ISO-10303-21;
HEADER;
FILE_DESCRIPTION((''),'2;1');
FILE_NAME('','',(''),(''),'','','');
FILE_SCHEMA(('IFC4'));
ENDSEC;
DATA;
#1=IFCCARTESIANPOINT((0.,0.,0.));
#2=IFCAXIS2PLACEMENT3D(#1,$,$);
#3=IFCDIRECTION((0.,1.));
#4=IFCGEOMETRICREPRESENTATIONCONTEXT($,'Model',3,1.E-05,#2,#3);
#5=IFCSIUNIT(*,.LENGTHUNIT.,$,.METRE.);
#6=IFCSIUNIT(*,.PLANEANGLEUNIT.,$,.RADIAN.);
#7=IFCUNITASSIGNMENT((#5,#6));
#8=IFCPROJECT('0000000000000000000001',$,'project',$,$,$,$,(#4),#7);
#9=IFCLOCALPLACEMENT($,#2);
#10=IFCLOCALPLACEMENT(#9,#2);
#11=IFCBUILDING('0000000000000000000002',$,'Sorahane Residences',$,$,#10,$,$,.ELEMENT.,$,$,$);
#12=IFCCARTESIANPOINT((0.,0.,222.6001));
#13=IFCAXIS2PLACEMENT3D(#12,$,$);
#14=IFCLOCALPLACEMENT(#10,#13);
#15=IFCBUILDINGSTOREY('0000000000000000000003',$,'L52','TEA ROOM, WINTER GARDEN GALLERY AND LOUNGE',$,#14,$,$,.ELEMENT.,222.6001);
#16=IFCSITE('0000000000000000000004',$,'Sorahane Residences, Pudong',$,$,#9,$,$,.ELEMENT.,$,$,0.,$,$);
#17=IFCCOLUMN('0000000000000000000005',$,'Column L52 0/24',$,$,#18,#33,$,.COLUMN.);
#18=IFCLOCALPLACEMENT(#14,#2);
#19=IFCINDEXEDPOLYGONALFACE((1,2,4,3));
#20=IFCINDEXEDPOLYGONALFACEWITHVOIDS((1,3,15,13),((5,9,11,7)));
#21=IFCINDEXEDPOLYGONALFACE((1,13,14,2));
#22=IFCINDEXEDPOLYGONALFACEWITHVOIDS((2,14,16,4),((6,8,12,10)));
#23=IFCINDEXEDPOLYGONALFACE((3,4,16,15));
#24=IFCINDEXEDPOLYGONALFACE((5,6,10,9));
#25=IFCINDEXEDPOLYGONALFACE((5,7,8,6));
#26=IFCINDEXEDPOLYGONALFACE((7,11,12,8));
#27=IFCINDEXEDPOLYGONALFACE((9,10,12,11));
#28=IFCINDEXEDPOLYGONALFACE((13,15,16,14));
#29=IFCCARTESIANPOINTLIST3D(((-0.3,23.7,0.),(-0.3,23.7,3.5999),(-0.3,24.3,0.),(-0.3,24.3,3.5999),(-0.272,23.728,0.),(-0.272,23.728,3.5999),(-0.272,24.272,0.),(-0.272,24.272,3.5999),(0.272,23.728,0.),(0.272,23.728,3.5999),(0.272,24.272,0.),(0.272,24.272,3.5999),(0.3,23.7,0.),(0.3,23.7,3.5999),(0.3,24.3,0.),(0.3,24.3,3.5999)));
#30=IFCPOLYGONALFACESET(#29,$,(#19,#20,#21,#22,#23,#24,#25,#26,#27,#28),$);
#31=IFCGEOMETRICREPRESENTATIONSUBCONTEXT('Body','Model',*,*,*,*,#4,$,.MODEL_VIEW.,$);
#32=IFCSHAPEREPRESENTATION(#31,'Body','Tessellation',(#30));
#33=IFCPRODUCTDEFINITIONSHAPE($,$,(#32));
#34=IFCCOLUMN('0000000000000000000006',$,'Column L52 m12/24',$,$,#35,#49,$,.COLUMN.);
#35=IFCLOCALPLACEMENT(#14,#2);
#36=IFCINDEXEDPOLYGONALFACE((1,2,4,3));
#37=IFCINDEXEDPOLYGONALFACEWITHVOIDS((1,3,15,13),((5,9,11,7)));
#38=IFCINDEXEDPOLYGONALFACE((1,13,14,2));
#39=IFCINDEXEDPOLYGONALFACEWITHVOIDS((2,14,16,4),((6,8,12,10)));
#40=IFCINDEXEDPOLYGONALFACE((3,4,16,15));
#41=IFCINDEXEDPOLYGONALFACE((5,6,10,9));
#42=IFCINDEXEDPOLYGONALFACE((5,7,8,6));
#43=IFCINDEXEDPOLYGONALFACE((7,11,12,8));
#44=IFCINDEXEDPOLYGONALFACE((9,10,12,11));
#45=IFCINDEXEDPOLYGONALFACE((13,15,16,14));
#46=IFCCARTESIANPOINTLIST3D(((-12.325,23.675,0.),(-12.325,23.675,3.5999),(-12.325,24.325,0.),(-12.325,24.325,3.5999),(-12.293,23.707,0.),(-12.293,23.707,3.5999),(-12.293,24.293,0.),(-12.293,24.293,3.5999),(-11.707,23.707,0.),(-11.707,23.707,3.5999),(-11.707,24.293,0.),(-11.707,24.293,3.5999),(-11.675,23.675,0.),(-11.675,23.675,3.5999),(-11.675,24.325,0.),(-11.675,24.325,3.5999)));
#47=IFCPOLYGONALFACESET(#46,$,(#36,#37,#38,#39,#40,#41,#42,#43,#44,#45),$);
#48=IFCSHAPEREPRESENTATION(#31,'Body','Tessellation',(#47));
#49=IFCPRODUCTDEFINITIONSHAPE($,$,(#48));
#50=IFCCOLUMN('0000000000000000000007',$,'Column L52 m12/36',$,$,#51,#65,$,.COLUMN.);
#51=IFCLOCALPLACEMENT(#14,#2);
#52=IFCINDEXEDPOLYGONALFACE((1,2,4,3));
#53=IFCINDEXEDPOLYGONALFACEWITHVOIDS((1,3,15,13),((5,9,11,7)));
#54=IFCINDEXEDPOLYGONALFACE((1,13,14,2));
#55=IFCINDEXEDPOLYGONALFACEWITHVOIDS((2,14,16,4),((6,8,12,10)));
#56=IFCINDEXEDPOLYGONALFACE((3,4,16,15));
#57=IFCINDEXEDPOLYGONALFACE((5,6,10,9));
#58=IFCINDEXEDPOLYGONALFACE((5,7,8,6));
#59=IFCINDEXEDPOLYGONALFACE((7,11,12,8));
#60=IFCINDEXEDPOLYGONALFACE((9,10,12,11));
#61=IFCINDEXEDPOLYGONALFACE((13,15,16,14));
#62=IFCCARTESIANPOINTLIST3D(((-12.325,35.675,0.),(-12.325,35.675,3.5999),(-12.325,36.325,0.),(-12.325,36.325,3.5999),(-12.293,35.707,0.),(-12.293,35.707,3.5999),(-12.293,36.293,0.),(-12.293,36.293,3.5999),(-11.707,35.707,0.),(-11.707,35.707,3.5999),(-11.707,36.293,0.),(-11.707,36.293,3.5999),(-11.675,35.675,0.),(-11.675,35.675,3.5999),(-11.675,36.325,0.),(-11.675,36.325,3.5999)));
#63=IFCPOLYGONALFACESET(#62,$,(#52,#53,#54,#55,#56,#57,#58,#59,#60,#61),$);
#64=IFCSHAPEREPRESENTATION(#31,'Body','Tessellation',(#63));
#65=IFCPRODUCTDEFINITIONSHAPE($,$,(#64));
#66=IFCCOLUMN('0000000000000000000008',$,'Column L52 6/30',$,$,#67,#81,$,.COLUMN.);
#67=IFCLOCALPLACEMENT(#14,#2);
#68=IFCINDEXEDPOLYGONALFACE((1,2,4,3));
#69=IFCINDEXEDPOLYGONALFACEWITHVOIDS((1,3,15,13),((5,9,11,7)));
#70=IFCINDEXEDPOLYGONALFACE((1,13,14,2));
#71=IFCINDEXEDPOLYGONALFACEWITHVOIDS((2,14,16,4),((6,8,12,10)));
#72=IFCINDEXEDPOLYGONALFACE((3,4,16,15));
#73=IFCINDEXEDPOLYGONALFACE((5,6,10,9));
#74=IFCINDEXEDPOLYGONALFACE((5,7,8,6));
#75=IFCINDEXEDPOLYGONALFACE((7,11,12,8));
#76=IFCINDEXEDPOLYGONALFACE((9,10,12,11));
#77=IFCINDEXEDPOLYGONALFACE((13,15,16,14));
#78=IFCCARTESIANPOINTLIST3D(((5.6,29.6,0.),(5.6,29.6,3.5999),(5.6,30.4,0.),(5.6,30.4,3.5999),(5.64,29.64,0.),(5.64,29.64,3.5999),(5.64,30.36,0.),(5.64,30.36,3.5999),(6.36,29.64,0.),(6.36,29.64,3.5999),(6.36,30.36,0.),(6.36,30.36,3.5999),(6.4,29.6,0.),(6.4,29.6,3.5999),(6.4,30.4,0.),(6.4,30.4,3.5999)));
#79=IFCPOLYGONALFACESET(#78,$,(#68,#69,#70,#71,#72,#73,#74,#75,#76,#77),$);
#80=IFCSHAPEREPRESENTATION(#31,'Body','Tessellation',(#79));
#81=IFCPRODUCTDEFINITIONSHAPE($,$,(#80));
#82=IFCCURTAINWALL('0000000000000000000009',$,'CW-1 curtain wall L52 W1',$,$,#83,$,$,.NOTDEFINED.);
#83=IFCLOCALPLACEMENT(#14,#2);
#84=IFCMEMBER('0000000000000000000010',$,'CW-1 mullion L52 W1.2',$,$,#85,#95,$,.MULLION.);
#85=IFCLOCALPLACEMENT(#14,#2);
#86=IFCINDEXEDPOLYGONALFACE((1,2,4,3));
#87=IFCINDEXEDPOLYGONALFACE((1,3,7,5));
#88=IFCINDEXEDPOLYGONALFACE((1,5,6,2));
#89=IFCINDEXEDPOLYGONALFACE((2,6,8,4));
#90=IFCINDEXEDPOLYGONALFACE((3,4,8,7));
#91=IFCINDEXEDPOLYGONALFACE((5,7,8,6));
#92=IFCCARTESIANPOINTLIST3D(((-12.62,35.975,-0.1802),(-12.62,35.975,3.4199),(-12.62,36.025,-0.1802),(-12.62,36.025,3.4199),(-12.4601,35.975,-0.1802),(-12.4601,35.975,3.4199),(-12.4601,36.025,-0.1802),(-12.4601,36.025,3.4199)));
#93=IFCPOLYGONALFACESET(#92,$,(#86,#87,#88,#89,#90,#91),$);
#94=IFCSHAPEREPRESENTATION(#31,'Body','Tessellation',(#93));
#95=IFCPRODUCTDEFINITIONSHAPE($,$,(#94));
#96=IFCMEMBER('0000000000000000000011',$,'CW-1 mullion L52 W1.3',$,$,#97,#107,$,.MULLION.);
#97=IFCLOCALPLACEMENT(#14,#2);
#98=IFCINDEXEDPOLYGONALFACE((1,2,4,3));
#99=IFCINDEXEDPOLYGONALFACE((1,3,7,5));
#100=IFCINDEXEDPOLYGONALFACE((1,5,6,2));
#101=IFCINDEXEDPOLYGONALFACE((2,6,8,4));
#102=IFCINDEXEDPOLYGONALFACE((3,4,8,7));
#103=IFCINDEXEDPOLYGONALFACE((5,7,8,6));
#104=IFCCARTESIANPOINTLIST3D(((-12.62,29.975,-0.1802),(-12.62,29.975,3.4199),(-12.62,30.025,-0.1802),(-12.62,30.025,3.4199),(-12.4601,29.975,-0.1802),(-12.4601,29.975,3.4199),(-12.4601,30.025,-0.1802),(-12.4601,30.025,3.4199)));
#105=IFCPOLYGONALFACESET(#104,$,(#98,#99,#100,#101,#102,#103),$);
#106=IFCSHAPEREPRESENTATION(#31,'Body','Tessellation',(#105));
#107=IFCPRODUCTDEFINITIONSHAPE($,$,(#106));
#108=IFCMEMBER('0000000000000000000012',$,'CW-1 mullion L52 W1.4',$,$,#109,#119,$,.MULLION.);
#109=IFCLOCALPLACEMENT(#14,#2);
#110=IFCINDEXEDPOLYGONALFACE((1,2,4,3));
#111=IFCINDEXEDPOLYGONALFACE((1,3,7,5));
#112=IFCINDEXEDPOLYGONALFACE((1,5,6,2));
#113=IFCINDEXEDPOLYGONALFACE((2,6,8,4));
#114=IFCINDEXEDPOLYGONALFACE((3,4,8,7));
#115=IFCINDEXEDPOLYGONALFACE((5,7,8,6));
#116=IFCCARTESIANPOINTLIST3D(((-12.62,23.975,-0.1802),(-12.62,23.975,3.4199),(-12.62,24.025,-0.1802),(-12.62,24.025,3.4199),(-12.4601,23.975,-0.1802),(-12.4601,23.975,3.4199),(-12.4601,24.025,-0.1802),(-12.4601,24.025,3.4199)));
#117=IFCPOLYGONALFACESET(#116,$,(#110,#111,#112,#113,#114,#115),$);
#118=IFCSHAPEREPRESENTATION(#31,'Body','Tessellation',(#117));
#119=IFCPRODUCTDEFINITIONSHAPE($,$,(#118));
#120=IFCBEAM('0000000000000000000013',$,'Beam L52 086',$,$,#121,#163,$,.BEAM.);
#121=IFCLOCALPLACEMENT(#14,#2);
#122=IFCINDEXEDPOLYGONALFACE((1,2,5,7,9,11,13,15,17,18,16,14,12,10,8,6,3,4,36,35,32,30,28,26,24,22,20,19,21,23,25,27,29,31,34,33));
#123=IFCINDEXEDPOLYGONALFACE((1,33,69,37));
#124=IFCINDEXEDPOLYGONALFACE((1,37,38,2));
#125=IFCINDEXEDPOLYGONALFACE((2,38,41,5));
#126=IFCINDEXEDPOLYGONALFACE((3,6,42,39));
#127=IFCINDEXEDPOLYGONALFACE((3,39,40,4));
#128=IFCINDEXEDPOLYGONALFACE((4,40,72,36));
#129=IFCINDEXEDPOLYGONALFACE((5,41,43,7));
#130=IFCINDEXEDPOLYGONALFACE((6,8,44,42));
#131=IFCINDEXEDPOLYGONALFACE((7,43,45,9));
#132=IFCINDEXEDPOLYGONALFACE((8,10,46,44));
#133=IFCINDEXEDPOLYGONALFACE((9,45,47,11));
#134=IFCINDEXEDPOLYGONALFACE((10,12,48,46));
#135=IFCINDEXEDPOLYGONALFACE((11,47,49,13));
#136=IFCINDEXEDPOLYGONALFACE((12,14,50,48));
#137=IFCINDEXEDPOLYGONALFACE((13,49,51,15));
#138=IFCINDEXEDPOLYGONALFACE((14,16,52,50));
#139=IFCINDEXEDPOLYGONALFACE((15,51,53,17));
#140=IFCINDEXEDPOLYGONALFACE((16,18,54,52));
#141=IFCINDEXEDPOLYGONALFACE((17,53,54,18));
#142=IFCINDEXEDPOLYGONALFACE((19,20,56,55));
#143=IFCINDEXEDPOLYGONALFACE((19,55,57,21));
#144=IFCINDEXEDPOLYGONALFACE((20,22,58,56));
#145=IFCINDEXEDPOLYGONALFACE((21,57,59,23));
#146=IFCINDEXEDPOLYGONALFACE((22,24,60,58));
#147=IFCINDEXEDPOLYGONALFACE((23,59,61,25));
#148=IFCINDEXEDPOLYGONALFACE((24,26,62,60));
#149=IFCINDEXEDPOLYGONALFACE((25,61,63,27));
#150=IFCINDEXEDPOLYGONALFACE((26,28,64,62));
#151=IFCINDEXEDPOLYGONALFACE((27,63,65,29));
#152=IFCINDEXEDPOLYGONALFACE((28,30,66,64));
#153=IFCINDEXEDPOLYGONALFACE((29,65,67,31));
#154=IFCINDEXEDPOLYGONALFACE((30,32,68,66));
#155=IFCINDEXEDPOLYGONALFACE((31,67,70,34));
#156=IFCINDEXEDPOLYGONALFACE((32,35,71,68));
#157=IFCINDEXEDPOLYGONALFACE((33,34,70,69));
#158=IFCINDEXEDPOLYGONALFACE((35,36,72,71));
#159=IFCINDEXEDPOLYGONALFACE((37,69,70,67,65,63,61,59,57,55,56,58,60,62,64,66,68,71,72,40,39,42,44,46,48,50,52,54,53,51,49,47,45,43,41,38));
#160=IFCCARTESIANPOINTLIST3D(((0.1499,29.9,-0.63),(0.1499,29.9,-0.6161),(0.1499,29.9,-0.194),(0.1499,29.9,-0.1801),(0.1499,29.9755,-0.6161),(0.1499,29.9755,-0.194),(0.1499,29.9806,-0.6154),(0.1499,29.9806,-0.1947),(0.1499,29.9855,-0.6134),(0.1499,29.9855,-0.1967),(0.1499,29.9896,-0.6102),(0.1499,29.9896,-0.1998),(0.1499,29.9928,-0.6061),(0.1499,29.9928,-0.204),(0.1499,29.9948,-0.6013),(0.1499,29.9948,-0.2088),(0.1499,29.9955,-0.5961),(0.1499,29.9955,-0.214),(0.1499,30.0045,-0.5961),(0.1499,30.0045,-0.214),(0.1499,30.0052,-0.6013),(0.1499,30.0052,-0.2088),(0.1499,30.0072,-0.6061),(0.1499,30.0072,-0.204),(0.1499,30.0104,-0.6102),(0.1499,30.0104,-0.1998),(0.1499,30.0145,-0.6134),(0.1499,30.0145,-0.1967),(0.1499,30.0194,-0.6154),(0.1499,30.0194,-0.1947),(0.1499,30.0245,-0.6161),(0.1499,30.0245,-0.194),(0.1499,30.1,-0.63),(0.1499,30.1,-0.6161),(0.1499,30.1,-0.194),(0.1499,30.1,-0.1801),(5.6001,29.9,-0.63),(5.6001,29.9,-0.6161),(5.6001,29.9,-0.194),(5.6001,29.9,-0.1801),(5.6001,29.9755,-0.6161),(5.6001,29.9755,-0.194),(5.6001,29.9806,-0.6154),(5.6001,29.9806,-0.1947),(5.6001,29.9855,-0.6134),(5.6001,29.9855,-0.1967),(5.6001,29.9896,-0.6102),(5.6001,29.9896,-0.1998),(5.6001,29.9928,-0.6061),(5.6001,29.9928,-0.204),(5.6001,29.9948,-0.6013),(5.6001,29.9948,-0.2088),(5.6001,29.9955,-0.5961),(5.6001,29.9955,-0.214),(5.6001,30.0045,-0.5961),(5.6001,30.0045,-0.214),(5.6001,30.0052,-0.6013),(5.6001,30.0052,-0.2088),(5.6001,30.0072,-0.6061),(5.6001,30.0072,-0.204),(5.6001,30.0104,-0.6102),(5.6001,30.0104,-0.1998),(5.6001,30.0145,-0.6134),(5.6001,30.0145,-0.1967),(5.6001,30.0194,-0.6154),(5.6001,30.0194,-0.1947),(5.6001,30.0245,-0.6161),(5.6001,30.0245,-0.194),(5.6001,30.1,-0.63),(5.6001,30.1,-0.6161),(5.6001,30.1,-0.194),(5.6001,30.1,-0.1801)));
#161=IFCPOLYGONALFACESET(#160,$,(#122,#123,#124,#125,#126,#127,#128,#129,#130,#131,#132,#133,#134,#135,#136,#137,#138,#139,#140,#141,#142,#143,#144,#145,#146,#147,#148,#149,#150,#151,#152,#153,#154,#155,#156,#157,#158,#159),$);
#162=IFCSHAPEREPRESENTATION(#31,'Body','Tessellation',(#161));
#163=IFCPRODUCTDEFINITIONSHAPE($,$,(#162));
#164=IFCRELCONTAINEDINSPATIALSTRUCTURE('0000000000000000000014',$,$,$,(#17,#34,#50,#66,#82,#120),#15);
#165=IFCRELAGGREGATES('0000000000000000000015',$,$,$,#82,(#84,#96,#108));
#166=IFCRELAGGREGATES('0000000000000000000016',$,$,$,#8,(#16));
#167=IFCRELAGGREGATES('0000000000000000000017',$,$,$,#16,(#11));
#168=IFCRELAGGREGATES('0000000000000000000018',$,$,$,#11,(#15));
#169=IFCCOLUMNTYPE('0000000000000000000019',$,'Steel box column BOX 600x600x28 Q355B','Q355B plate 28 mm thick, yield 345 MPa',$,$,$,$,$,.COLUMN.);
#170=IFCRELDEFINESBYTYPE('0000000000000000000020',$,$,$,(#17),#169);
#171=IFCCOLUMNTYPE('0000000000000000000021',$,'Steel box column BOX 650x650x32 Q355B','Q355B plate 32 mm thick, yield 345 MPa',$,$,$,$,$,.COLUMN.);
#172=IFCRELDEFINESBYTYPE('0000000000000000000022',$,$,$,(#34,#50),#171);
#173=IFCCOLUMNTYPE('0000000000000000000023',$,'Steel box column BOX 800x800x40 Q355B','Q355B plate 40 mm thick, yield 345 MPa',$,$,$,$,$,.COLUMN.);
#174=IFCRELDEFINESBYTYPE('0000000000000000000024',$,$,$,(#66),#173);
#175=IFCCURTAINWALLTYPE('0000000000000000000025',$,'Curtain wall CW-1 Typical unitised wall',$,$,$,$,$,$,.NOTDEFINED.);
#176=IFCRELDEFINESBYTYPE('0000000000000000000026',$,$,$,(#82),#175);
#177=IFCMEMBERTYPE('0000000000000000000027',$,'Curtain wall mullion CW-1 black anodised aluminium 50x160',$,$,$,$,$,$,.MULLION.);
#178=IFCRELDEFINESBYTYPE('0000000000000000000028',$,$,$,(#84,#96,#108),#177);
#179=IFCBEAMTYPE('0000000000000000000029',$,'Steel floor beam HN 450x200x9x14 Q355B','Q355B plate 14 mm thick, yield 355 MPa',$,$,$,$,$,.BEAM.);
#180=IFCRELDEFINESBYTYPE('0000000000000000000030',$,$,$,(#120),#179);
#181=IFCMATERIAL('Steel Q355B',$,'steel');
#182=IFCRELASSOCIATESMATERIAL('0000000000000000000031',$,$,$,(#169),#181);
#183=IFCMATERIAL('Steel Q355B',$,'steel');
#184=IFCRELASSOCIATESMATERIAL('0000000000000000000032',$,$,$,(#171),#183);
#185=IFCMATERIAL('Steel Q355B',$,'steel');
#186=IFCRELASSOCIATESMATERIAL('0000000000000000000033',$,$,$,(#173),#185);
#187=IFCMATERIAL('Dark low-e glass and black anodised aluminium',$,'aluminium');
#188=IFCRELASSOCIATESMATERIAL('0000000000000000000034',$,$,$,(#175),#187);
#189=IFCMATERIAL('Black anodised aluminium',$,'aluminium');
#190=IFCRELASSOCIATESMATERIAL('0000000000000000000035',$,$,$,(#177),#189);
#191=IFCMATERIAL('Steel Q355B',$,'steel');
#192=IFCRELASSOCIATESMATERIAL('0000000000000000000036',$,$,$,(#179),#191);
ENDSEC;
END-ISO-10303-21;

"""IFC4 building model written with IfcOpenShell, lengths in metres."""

from ifc_helpers import new_model, si_unit, direction, frame, origin, origin_2d, place, context, subcontext, project, spatial, rectangle, hollow_rectangle, i_section, extrude, material, material_profile, profile_set, type_object, element, aggregate, save


model = new_model("IFC4")

# Units and contexts
model_context = context("Model", 3, precision=1e-05, world=origin(), true_north=direction((0.0, 1.0)))
body_context = subcontext(model_context, "Body", "Model", "MODEL_VIEW")
ifc_project = project(units=[si_unit("LENGTHUNIT", "METRE"), si_unit("PLANEANGLEUNIT", "RADIAN")], contexts=[model_context])

# Site, building, storey
site_placement = place(None, origin())
site = spatial("IfcSite", under=ifc_project, at=site_placement, Name="Sorahane Residences, Pudong", CompositionType="ELEMENT", RefElevation=0.0)
building_placement = place(site_placement, origin())
building = spatial("IfcBuilding", under=site, at=building_placement, Name="Sorahane Residences", CompositionType="ELEMENT")
storey_placement = place(building_placement, frame((0.0, 0.0, 222.6001)))
storey = spatial("IfcBuildingStorey", under=building, at=storey_placement, Name="L52", Description="TEA ROOM, WINTER GARDEN GALLERY AND LOUNGE", CompositionType="ELEMENT", Elevation=222.6001)

# Columns
ifc_material_1 = material(Name="Steel Q355B", Category="steel")
ifc_material_profile_1 = material_profile(ifc_material_1, hollow_rectangle(XDim=0.6001, YDim=0.6001, WallThickness=0.0281, at=origin_2d()), Name="BOX 600x600x28")
ifc_profile_set_1 = profile_set([ifc_material_profile_1], Name="Steel Q355B")
column_type_1 = type_object("IfcColumnType", Name="Steel box column BOX 600x600x28 Q355B", Description="Q355B plate 28 mm thick, yield 345 MPa", PredefinedType="COLUMN", material=ifc_profile_set_1)
column_1_placement = place(storey_placement, frame((0.0, 24.0, 0.0), z_axis=(0.0, 0.0, 1.0), x_axis=(1.0, 0.0, 0.0)))
element("IfcColumn", 1, at=column_1_placement, inside=storey, type_object=column_type_1, Name="Column L52 0/24", PredefinedType="COLUMN", context=body_context, shape_type="SweptSolid", body=[
    extrude(hollow_rectangle(XDim=0.6001, YDim=0.6001, WallThickness=0.0281, at=origin_2d()), origin(), (0.0, 0.0, 1.0), 3.5999),
])
ifc_material_2 = material(Name="Steel Q355B", Category="steel")
ifc_material_profile_2 = material_profile(ifc_material_2, hollow_rectangle(XDim=0.6499, YDim=0.6499, WallThickness=0.032, at=origin_2d()), Name="BOX 650x650x32")
ifc_profile_set_2 = profile_set([ifc_material_profile_2], Name="Steel Q355B")
column_type_2 = type_object("IfcColumnType", Name="Steel box column BOX 650x650x32 Q355B", Description="Q355B plate 32 mm thick, yield 345 MPa", PredefinedType="COLUMN", material=ifc_profile_set_2)
for number, where, z_axis, x_axis, name in (
    (2, (-12.0, 24.0, 0.0), (0.0, 0.0, 1.0), (1.0, 0.0, 0.0), "Column L52 m12/24"),
    (3, (-12.0, 36.0, 0.0), (0.0, 0.0, 1.0), (1.0, 0.0, 0.0), "Column L52 m12/36"),
):
    element("IfcColumn", number, at=place(storey_placement, frame(where, z_axis=z_axis, x_axis=x_axis)), inside=storey, type_object=column_type_2, Name=name, PredefinedType="COLUMN", context=body_context, shape_type="SweptSolid", body=[
        extrude(hollow_rectangle(XDim=0.6499, YDim=0.6499, WallThickness=0.032, at=origin_2d()), origin(), (0.0, 0.0, 1.0), 3.5999),
    ])
ifc_material_3 = material(Name="Steel Q355B", Category="steel")
ifc_material_profile_3 = material_profile(ifc_material_3, hollow_rectangle(XDim=0.8, YDim=0.8, WallThickness=0.04, at=origin_2d()), Name="BOX 800x800x40")
ifc_profile_set_3 = profile_set([ifc_material_profile_3], Name="Steel Q355B")
column_type_3 = type_object("IfcColumnType", Name="Steel box column BOX 800x800x40 Q355B", Description="Q355B plate 40 mm thick, yield 345 MPa", PredefinedType="COLUMN", material=ifc_profile_set_3)
column_2_placement = place(storey_placement, frame((6.0, 30.0, 0.0), z_axis=(0.0, 0.0, 1.0), x_axis=(1.0, 0.0, 0.0)))
element("IfcColumn", 4, at=column_2_placement, inside=storey, type_object=column_type_3, Name="Column L52 6/30", PredefinedType="COLUMN", context=body_context, shape_type="SweptSolid", body=[
    extrude(hollow_rectangle(XDim=0.8, YDim=0.8, WallThickness=0.04, at=origin_2d()), origin(), (0.0, 0.0, 1.0), 3.5999),
])

# Curtain wall, members
ifc_material_4 = material(Name="Dark low-e glass and black anodised aluminium", Category="aluminium")
curtain_wall_type = type_object("IfcCurtainWallType", Name="Curtain wall CW-1 Typical unitised wall", PredefinedType="NOTDEFINED", material=ifc_material_4)
curtain_wall_placement = place(storey_placement, origin())
curtain_wall = element("IfcCurtainWall", 5, at=curtain_wall_placement, inside=storey, type_object=curtain_wall_type, Name="CW-1 curtain wall L52 W1", PredefinedType="NOTDEFINED")
ifc_material_5 = material(Name="Black anodised aluminium", Category="aluminium")
ifc_material_profile_4 = material_profile(ifc_material_5, rectangle(XDim=0.1599, YDim=0.05, at=origin_2d()), Name="Curtain wall mullion CW-1 black anodised aluminium 50x160")
ifc_profile_set_4 = profile_set([ifc_material_profile_4], Name="Black anodised aluminium")
member_type = type_object("IfcMemberType", Name="Curtain wall mullion CW-1 black anodised aluminium 50x160", PredefinedType="MULLION", material=ifc_profile_set_4)
member_1_placement = place(storey_placement, frame((-12.54, 36.0, -0.1802), z_axis=(0.0, 0.0, 1.0), x_axis=(-1.0, 0.0, 0.0)))
member_1 = element("IfcMember", 6, at=member_1_placement, type_object=member_type, Name="CW-1 mullion L52 W1.2", PredefinedType="MULLION", context=body_context, shape_type="SweptSolid", body=[
    extrude(rectangle(XDim=0.1599, YDim=0.05, at=origin_2d()), origin(), (0.0, 0.0, 1.0), 3.6001),
])
member_2_placement = place(storey_placement, frame((-12.54, 30.0, -0.1802), z_axis=(0.0, 0.0, 1.0), x_axis=(-1.0, 0.0, 0.0)))
member_2 = element("IfcMember", 7, at=member_2_placement, type_object=member_type, Name="CW-1 mullion L52 W1.3", PredefinedType="MULLION", context=body_context, shape_type="SweptSolid", body=[
    extrude(rectangle(XDim=0.1599, YDim=0.05, at=origin_2d()), origin(), (0.0, 0.0, 1.0), 3.6001),
])
member_3_placement = place(storey_placement, frame((-12.54, 24.0, -0.1802), z_axis=(0.0, 0.0, 1.0), x_axis=(-1.0, 0.0, 0.0)))
member_3 = element("IfcMember", 8, at=member_3_placement, type_object=member_type, Name="CW-1 mullion L52 W1.4", PredefinedType="MULLION", context=body_context, shape_type="SweptSolid", body=[
    extrude(rectangle(XDim=0.1599, YDim=0.05, at=origin_2d()), origin(), (0.0, 0.0, 1.0), 3.6001),
])

# Beam
ifc_material_6 = material(Name="Steel Q355B", Category="steel")
ifc_material_profile_5 = material_profile(ifc_material_6, i_section(OverallWidth=0.2, OverallDepth=0.45, WebThickness=0.009, FlangeThickness=0.0139, FilletRadius=0.02, at=origin_2d()), Name="HN 450x200x9x14")
ifc_profile_set_5 = profile_set([ifc_material_profile_5], Name="Steel Q355B")
beam_type_1 = type_object("IfcBeamType", Name="Steel floor beam HN 450x200x9x14 Q355B", Description="Q355B plate 14 mm thick, yield 355 MPa", PredefinedType="BEAM", material=ifc_profile_set_5)
beam_1_placement = place(storey_placement, frame((0.1499, 30.0, -0.405), z_axis=(1.0, 0.0, 0.0), x_axis=(0.0, 1.0, 0.0)))
element("IfcBeam", 9, at=beam_1_placement, inside=storey, type_object=beam_type_1, Name="Beam L52 086", PredefinedType="BEAM", context=body_context, shape_type="SweptSolid", body=[
    extrude(i_section(OverallWidth=0.2, OverallDepth=0.45, WebThickness=0.009, FlangeThickness=0.0139, FilletRadius=0.02, at=origin_2d()), origin(), (0.0, 0.0, 1.0), 5.4502),
])

aggregate(curtain_wall, [member_1, member_2, member_3])

save(model, "model.ifc")
